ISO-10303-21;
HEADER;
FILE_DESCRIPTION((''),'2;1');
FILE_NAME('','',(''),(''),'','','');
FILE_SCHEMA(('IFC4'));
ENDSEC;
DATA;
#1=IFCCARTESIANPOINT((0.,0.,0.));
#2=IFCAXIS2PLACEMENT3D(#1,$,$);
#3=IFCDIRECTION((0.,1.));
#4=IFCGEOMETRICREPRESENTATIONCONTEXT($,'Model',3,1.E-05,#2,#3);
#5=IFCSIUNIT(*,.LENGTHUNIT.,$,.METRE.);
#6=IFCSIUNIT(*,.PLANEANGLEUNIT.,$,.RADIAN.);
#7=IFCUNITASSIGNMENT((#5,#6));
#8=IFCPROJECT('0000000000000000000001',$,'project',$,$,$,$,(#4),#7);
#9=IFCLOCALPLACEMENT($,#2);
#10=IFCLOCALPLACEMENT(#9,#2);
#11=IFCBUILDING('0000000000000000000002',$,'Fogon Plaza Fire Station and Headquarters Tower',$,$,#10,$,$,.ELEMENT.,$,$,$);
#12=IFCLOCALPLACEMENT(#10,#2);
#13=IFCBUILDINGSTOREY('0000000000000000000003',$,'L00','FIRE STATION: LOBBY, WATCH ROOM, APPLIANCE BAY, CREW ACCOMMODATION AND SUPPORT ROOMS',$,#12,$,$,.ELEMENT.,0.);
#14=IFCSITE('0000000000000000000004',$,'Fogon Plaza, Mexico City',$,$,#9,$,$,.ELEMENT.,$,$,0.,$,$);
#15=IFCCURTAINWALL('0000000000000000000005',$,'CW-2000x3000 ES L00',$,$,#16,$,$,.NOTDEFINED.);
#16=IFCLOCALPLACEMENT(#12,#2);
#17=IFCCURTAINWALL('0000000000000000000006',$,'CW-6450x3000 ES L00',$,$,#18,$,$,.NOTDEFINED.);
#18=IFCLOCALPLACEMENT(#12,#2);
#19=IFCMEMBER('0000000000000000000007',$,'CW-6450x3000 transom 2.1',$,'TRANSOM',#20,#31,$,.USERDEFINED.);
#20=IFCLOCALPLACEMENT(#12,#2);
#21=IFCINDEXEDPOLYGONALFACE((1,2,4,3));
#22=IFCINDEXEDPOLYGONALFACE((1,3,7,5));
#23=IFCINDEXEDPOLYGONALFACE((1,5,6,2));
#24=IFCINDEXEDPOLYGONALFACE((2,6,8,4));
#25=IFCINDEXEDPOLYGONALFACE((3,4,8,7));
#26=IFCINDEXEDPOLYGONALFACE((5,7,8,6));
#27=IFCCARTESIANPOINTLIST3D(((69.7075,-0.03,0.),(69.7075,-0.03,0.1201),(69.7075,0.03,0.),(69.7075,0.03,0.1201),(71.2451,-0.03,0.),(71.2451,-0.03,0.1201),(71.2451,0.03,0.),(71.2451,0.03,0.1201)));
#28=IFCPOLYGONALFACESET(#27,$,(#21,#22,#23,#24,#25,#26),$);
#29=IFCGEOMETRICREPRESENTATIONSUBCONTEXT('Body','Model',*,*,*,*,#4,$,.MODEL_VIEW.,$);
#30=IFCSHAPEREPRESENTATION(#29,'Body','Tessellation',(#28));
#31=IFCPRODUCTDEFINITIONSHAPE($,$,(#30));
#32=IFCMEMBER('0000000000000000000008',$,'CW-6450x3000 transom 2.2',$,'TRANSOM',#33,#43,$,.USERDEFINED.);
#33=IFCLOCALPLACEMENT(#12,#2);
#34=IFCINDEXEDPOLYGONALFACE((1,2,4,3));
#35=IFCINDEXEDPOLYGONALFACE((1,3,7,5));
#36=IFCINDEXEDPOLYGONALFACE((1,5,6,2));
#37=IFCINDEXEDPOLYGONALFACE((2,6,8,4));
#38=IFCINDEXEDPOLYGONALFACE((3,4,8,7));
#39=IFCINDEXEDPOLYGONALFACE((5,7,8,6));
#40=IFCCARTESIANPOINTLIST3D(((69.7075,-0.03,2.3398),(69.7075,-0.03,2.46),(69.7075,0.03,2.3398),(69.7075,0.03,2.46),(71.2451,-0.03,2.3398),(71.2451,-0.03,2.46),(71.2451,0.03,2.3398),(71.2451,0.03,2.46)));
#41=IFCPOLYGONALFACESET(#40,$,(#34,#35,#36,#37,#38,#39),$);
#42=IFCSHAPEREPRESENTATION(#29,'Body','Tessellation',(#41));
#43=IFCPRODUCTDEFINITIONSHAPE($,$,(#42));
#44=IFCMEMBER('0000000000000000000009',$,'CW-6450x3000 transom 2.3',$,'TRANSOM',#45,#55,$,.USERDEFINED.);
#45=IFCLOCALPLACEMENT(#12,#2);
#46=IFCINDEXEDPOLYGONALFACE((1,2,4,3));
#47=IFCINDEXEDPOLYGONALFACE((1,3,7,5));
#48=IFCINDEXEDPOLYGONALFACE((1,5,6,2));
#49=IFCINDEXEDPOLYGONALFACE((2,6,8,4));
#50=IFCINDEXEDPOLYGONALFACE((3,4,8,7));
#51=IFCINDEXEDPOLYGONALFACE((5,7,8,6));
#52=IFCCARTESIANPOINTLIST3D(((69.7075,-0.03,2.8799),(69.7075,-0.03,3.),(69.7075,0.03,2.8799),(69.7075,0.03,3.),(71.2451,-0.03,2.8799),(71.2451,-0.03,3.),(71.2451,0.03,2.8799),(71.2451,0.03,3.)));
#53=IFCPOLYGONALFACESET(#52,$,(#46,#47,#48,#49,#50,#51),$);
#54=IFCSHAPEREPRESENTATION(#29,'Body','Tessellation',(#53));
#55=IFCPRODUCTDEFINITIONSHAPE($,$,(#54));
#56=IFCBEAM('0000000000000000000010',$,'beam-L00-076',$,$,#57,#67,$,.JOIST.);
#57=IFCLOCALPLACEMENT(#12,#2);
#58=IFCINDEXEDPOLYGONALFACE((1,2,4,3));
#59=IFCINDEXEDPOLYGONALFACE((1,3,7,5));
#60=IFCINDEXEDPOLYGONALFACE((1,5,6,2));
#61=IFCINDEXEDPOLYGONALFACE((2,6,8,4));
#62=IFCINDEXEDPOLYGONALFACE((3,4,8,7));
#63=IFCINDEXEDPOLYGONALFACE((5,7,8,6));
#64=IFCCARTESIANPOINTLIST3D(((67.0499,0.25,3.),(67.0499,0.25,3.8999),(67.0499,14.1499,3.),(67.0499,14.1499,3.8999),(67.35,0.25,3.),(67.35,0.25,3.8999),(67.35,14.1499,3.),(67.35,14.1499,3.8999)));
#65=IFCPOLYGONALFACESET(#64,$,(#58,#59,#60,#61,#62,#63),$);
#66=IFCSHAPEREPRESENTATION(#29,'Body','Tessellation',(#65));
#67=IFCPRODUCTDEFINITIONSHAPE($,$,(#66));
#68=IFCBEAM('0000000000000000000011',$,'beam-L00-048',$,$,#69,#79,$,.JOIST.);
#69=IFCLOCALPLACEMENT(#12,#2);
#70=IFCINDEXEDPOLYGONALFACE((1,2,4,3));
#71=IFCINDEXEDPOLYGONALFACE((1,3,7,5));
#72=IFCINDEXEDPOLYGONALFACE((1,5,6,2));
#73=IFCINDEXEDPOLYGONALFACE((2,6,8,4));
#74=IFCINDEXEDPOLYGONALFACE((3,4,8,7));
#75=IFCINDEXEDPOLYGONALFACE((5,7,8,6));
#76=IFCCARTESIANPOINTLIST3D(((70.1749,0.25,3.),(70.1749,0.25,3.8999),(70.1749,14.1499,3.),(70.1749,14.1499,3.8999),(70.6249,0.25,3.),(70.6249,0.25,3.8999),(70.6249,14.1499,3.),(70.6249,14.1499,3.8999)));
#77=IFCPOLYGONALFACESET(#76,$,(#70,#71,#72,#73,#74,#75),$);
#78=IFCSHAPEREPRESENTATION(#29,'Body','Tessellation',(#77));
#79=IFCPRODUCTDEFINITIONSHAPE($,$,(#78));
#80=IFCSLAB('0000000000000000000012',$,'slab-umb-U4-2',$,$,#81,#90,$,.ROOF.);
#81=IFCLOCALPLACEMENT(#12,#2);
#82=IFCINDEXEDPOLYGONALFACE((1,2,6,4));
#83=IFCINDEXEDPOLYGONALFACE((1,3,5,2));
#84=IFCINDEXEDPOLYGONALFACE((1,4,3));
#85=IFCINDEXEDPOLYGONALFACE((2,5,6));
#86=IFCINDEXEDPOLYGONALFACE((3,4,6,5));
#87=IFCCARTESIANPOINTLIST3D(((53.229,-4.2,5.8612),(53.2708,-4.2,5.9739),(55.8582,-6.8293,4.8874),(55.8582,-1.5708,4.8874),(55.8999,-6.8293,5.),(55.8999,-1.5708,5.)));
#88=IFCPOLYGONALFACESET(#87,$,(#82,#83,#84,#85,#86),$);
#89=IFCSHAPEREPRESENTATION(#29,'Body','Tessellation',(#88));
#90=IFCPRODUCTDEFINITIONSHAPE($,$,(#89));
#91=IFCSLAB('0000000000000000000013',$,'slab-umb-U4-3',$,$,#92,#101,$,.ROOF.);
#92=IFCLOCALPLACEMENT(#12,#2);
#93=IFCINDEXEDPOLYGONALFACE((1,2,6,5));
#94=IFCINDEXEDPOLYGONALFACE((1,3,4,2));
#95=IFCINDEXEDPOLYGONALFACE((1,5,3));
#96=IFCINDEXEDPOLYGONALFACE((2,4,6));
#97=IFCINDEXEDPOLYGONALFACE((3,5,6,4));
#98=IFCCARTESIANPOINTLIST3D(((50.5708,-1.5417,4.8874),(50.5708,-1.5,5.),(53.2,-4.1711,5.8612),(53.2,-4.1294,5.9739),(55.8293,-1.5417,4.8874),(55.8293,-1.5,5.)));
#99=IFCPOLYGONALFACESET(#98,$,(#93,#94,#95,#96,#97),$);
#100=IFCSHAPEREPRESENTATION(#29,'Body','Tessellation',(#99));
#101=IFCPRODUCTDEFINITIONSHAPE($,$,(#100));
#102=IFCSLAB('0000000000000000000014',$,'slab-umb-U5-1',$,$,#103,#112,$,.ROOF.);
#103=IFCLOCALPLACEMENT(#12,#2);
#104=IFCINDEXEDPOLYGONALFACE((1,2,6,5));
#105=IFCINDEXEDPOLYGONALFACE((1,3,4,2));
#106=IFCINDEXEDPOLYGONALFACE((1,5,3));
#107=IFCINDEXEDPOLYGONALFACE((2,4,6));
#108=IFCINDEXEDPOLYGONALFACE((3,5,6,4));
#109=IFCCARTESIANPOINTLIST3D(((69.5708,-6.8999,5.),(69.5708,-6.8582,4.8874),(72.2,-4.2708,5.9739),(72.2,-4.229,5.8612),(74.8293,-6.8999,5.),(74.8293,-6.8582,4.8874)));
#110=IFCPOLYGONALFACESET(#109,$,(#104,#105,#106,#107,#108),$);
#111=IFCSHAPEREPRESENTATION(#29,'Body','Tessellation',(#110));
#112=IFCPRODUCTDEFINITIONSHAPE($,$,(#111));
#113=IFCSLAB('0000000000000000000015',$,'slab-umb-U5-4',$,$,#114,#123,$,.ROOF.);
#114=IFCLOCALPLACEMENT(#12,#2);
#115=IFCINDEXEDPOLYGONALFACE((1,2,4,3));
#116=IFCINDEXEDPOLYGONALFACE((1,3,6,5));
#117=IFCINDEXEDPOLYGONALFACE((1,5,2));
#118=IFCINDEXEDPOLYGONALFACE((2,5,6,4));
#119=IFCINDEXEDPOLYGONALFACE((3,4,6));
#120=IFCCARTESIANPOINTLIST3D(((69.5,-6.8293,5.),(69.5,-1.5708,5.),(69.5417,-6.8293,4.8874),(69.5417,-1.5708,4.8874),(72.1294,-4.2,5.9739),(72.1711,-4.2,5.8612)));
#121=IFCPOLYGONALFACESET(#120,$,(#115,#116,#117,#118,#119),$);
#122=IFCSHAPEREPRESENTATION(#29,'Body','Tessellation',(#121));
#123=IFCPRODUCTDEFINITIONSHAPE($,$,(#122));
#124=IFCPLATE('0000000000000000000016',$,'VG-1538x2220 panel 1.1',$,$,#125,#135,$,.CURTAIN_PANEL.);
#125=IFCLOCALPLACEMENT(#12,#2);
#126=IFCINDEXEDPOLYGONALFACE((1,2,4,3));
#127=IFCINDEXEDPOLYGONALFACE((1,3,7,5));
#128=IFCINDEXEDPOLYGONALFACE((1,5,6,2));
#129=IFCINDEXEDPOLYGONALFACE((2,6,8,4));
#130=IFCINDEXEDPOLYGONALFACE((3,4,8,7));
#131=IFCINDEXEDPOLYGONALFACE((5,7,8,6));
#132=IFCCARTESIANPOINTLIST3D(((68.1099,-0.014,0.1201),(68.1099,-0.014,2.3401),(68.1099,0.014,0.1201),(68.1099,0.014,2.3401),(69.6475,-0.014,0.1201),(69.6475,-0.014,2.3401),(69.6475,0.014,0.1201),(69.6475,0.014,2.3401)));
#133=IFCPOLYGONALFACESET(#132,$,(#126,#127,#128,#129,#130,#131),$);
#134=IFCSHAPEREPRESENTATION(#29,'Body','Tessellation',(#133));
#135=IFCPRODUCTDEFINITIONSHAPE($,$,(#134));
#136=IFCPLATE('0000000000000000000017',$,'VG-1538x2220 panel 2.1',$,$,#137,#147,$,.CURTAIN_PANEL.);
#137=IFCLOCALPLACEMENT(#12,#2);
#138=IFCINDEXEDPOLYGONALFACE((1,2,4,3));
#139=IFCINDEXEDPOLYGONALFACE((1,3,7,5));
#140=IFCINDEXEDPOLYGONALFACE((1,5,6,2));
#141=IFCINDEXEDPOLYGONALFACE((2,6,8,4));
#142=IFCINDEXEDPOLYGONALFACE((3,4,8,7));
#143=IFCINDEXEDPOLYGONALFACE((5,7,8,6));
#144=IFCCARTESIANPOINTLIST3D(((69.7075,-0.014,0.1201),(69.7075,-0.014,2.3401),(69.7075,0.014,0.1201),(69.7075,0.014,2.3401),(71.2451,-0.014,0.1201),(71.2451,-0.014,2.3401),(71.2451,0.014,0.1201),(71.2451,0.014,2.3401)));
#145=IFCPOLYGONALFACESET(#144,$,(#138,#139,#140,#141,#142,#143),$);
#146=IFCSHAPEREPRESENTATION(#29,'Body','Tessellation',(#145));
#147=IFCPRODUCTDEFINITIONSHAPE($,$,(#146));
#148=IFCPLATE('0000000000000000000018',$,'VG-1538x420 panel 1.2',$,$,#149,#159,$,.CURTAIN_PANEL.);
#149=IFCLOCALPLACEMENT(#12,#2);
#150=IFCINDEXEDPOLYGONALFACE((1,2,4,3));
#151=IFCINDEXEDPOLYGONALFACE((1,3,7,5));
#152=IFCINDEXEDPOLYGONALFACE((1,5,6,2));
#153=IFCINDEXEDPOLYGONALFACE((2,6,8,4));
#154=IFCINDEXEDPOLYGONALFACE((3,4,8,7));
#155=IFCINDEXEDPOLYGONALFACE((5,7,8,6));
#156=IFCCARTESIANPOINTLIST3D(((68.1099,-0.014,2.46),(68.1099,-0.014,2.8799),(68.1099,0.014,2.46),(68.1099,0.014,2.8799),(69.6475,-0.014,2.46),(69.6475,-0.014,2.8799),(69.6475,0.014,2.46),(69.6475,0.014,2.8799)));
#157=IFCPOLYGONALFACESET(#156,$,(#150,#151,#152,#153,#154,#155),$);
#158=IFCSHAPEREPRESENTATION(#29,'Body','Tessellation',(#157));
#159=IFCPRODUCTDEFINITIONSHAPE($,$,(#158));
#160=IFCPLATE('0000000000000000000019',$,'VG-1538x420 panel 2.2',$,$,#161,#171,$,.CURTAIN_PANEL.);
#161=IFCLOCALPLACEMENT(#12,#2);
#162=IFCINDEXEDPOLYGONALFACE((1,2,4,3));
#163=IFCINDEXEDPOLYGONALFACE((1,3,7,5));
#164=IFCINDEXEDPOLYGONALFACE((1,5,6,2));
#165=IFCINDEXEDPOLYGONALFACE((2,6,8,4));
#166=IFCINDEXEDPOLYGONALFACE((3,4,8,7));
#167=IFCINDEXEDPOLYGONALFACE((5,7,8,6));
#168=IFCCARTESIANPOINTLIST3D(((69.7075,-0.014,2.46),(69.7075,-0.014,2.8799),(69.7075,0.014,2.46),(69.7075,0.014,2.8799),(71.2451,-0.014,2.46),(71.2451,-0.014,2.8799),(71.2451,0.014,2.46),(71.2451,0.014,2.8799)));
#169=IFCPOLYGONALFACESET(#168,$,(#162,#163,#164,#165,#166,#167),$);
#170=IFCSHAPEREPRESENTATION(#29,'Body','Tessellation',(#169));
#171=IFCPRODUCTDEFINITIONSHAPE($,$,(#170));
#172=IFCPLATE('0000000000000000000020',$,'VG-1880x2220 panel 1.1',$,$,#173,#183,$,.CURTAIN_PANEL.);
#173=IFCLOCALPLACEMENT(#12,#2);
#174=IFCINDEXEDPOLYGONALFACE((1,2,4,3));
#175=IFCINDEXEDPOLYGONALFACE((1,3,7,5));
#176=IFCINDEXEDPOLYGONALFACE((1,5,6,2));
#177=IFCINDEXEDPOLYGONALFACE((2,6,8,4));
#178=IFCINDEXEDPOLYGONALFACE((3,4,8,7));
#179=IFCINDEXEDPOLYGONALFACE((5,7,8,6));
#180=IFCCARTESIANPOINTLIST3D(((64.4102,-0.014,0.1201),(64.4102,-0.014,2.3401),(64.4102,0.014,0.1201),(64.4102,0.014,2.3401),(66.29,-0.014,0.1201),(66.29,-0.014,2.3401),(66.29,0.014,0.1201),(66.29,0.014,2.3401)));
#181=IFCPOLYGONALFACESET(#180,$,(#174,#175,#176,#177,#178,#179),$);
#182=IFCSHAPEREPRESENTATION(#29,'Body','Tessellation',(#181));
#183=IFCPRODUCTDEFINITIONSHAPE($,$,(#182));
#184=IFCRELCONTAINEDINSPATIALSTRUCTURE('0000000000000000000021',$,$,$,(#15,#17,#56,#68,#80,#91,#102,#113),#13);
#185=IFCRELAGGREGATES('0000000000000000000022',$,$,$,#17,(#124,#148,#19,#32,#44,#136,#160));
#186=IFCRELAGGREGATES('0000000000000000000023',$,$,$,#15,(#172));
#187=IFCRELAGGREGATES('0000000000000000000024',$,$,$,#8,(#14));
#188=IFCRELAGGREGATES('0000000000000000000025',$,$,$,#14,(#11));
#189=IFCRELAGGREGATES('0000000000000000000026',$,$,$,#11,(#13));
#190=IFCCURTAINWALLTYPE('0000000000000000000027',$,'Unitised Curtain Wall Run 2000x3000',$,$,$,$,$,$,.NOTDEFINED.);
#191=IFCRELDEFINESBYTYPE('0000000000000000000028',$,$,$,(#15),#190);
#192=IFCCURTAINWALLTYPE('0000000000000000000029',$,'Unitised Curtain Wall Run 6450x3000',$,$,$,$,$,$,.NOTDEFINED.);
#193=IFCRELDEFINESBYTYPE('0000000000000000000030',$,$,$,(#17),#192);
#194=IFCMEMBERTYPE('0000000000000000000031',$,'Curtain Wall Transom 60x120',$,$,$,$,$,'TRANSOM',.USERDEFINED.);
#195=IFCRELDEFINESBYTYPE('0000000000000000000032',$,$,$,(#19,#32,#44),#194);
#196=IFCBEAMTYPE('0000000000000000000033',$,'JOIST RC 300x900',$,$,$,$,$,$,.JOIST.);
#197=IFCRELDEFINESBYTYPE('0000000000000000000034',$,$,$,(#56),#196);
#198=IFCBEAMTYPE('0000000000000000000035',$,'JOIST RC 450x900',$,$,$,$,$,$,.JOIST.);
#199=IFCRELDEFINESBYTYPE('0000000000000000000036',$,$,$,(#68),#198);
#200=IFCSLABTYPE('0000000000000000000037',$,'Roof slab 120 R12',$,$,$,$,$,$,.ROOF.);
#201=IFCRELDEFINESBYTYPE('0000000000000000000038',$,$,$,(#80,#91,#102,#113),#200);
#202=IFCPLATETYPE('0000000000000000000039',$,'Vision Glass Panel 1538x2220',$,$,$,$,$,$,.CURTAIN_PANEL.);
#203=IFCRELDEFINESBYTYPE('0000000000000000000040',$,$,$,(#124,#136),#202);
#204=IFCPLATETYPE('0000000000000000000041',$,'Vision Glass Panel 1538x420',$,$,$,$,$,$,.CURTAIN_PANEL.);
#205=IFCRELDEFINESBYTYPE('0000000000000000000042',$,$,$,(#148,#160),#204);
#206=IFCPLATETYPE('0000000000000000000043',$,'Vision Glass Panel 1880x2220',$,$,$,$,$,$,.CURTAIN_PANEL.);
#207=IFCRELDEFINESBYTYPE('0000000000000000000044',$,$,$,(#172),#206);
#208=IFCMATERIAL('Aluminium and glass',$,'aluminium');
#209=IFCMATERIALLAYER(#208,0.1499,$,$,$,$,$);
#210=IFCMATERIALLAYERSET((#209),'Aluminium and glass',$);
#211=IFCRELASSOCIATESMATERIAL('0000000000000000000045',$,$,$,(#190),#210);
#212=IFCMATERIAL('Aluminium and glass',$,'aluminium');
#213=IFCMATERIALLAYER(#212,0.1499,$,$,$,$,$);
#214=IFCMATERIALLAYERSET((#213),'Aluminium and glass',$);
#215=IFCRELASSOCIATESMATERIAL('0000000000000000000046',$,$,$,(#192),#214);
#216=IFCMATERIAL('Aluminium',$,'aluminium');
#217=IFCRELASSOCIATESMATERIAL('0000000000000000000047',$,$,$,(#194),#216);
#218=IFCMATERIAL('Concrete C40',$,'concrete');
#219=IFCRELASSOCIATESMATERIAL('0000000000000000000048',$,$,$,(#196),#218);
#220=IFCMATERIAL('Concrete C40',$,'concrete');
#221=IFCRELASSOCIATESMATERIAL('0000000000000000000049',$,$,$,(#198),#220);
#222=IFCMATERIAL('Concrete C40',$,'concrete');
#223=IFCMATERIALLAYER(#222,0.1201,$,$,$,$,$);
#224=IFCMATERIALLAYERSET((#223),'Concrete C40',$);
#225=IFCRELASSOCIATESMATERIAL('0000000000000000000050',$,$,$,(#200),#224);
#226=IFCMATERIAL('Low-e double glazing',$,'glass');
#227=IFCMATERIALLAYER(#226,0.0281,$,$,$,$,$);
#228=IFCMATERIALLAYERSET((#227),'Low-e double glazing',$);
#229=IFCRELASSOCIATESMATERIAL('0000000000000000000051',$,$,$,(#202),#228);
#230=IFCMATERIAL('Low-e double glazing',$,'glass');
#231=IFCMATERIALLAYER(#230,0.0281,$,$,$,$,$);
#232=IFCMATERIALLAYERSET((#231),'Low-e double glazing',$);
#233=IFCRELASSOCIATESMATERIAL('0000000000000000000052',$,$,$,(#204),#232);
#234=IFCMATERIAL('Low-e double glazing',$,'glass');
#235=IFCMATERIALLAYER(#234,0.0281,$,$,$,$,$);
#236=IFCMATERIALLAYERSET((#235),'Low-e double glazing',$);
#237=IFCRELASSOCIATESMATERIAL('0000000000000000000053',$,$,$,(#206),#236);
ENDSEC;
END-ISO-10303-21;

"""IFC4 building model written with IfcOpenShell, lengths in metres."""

from ifc_helpers import new_model, si_unit, direction, frame, origin, origin_2d, place, context, subcontext, project, spatial, polyline, rectangle, outline, extrude, material, layer, layer_set, material_profile, profile_set, type_object, element, aggregate, save


model = new_model("IFC4")

# Units and contexts
model_context = context("Model", 3, precision=1e-05, world=origin(), true_north=direction((0.0, 1.0)))
body_context = subcontext(model_context, "Body", "Model", "MODEL_VIEW")
ifc_project = project(units=[si_unit("LENGTHUNIT", "METRE"), si_unit("PLANEANGLEUNIT", "RADIAN")], contexts=[model_context])

# Site, building, storey
site_placement = place(None, origin())
site = spatial("IfcSite", under=ifc_project, at=site_placement, Name="Fogon Plaza, Mexico City", CompositionType="ELEMENT", RefElevation=0.0)
building_placement = place(site_placement, origin())
building = spatial("IfcBuilding", under=site, at=building_placement, Name="Fogon Plaza Fire Station and Headquarters Tower", CompositionType="ELEMENT")
storey_placement = place(building_placement, origin())
storey = spatial("IfcBuildingStorey", under=building, at=storey_placement, Name="L00", Description="FIRE STATION: LOBBY, WATCH ROOM, APPLIANCE BAY, CREW ACCOMMODATION AND SUPPORT ROOMS", CompositionType="ELEMENT", Elevation=0.0)

# Curtain walls
ifc_material_1 = material(Name="Aluminium and glass", Category="aluminium")
ifc_layer_1 = layer(ifc_material_1, 0.1499)
ifc_layer_set_1 = layer_set([ifc_layer_1], Name="Aluminium and glass")
curtain_wall_type_1 = type_object("IfcCurtainWallType", Name="Unitised Curtain Wall Run 2000x3000", PredefinedType="NOTDEFINED", material=ifc_layer_set_1)
curtain_wall_1_placement = place(storey_placement, origin())
curtain_wall_1 = element("IfcCurtainWall", 1, at=curtain_wall_1_placement, inside=storey, type_object=curtain_wall_type_1, Name="CW-2000x3000 ES L00", PredefinedType="NOTDEFINED")
ifc_material_2 = material(Name="Aluminium and glass", Category="aluminium")
ifc_layer_2 = layer(ifc_material_2, 0.1499)
ifc_layer_set_2 = layer_set([ifc_layer_2], Name="Aluminium and glass")
curtain_wall_type_2 = type_object("IfcCurtainWallType", Name="Unitised Curtain Wall Run 6450x3000", PredefinedType="NOTDEFINED", material=ifc_layer_set_2)
curtain_wall_2_placement = place(storey_placement, origin())
curtain_wall_2 = element("IfcCurtainWall", 2, at=curtain_wall_2_placement, inside=storey, type_object=curtain_wall_type_2, Name="CW-6450x3000 ES L00", PredefinedType="NOTDEFINED")

# Members
ifc_material_3 = material(Name="Aluminium", Category="aluminium")
ifc_material_profile_1 = material_profile(ifc_material_3, rectangle(XDim=0.0601, YDim=0.1201, at=origin_2d()), Name="Curtain Wall Transom 60x120")
ifc_profile_set_1 = profile_set([ifc_material_profile_1], Name="Aluminium")
member_type_1 = type_object("IfcMemberType", Name="Curtain Wall Transom 60x120", ElementType="TRANSOM", PredefinedType="USERDEFINED", material=ifc_profile_set_1)
member_1_placement = place(storey_placement, frame((69.7075, 0.0, 0.0601), z_axis=(1.0, 0.0, 0.0), x_axis=(0.0, 1.0, 0.0)))
member_1 = element("IfcMember", 3, at=member_1_placement, type_object=member_type_1, Name="CW-6450x3000 transom 2.1", ObjectType="TRANSOM", PredefinedType="USERDEFINED", context=body_context, shape_type="SweptSolid", body=[
    extrude(rectangle(XDim=0.0601, YDim=0.1201, at=origin_2d()), origin(), (0.0, 0.0, 1.0), 1.5376),
])
member_2_placement = place(storey_placement, frame((69.7075, 0.0, 2.3999), z_axis=(1.0, 0.0, 0.0), x_axis=(0.0, 1.0, 0.0)))
member_2 = element("IfcMember", 4, at=member_2_placement, type_object=member_type_1, Name="CW-6450x3000 transom 2.2", ObjectType="TRANSOM", PredefinedType="USERDEFINED", context=body_context, shape_type="SweptSolid", body=[
    extrude(rectangle(XDim=0.0601, YDim=0.1201, at=origin_2d()), origin(), (0.0, 0.0, 1.0), 1.5376),
])
member_3_placement = place(storey_placement, frame((69.7075, 0.0, 2.9399), z_axis=(1.0, 0.0, 0.0), x_axis=(0.0, 1.0, 0.0)))
member_3 = element("IfcMember", 5, at=member_3_placement, type_object=member_type_1, Name="CW-6450x3000 transom 2.3", ObjectType="TRANSOM", PredefinedType="USERDEFINED", context=body_context, shape_type="SweptSolid", body=[
    extrude(rectangle(XDim=0.0601, YDim=0.1201, at=origin_2d()), origin(), (0.0, 0.0, 1.0), 1.5376),
])

# Beams
ifc_material_4 = material(Name="Concrete C40", Category="concrete")
ifc_material_profile_2 = material_profile(ifc_material_4, rectangle(XDim=0.3, YDim=0.8999, at=origin_2d()), Name="RC 300x900")
ifc_profile_set_2 = profile_set([ifc_material_profile_2], Name="Concrete C40")
beam_type_1 = type_object("IfcBeamType", Name="JOIST RC 300x900", PredefinedType="JOIST", material=ifc_profile_set_2)
beam_1_placement = place(storey_placement, frame((67.2, 0.25, 3.45), z_axis=(0.0, 1.0, 0.0), x_axis=(-1.0, 0.0, 0.0)))
element("IfcBeam", 6, at=beam_1_placement, inside=storey, type_object=beam_type_1, Name="beam-L00-076", PredefinedType="JOIST", context=body_context, shape_type="SweptSolid", body=[
    extrude(rectangle(XDim=0.3, YDim=0.8999, at=origin_2d()), origin(), (0.0, 0.0, 1.0), 13.8999),
])
ifc_material_5 = material(Name="Concrete C40", Category="concrete")
ifc_material_profile_3 = material_profile(ifc_material_5, rectangle(XDim=0.45, YDim=0.8999, at=origin_2d()), Name="RC 450x900")
ifc_profile_set_3 = profile_set([ifc_material_profile_3], Name="Concrete C40")
beam_type_2 = type_object("IfcBeamType", Name="JOIST RC 450x900", PredefinedType="JOIST", material=ifc_profile_set_3)
beam_2_placement = place(storey_placement, frame((70.3999, 0.25, 3.45), z_axis=(0.0, 1.0, 0.0), x_axis=(-1.0, 0.0, 0.0)))
element("IfcBeam", 7, at=beam_2_placement, inside=storey, type_object=beam_type_2, Name="beam-L00-048", PredefinedType="JOIST", context=body_context, shape_type="SweptSolid", body=[
    extrude(rectangle(XDim=0.45, YDim=0.8999, at=origin_2d()), origin(), (0.0, 0.0, 1.0), 13.8999),
])

# Slabs
ifc_material_6 = material(Name="Concrete C40", Category="concrete")
ifc_layer_3 = layer(ifc_material_6, 0.1201)
ifc_layer_set_3 = layer_set([ifc_layer_3], Name="Concrete C40")
slab_type = type_object("IfcSlabType", Name="Roof slab 120 R12", PredefinedType="ROOF", material=ifc_layer_set_3)
slab_1_placement = place(storey_placement, frame((55.8999, -6.8293, 5.0), z_axis=(0.347351, 0.0, 0.937735), x_axis=(-0.684003, 0.684066, 0.253365)))
element("IfcSlab", 8, at=slab_1_placement, inside=storey, type_object=slab_type, Name="slab-umb-U4-2", PredefinedType="ROOF", context=body_context, shape_type="SweptSolid", body=[
    extrude(outline(polyline([(0.0, 0.0), (3.8438, 0.0), (3.5972, -3.8357), (0.0, 0.0)])), origin(), (0.0, 0.0, -1.0), 0.1201),
])
slab_2_placement = place(storey_placement, frame((55.8293, -1.5, 5.0), z_axis=(0.0, 0.347323, 0.937746), x_axis=(-0.684036, -0.684036, 0.253354)))
element("IfcSlab", 9, at=slab_2_placement, inside=storey, type_object=slab_type, Name="slab-umb-U4-3", PredefinedType="ROOF", context=body_context, shape_type="SweptSolid", body=[
    extrude(outline(polyline([(0.0, 0.0), (3.8439, 0.0), (3.597, -3.8358), (0.0, 0.0)])), origin(), (0.0, 0.0, -1.0), 0.1201),
])
slab_3_placement = place(storey_placement, frame((69.5708, -6.8999, 5.0), z_axis=(0.0, -0.347351, 0.937735), x_axis=(0.684032, 0.684032, 0.253376)))
element("IfcSlab", 10, at=slab_3_placement, inside=storey, type_object=slab_type, Name="slab-umb-U5-1", PredefinedType="ROOF", context=body_context, shape_type="SweptSolid", body=[
    extrude(outline(polyline([(0.0, 0.0), (3.8436, 0.0), (3.597, -3.8359), (0.0, 0.0)])), origin(), (0.0, 0.0, -1.0), 0.1201),
])
slab_4_placement = place(storey_placement, frame((69.5, -1.5708, 5.0), z_axis=(-0.347323, 0.0, 0.937746), x_axis=(0.684066, -0.684003, 0.253365)))
element("IfcSlab", 11, at=slab_4_placement, inside=storey, type_object=slab_type, Name="slab-umb-U5-4", PredefinedType="ROOF", context=body_context, shape_type="SweptSolid", body=[
    extrude(outline(polyline([(0.0, 0.0), (3.8438, 0.0), (3.5969, -3.836), (0.0, 0.0)])), origin(), (0.0, 0.0, -1.0), 0.1201),
])

# Plates
ifc_material_7 = material(Name="Low-e double glazing", Category="glass")
ifc_layer_4 = layer(ifc_material_7, 0.0281)
ifc_layer_set_4 = layer_set([ifc_layer_4], Name="Low-e double glazing")
plate_type_1 = type_object("IfcPlateType", Name="Vision Glass Panel 1538x2220", PredefinedType="CURTAIN_PANEL", material=ifc_layer_set_4)
plate_1_placement = place(storey_placement, frame((68.8787, 0.0, 0.1201), z_axis=(0.0, 0.0, 1.0), x_axis=(1.0, 0.0, 0.0)))
plate_1 = element("IfcPlate", 12, at=plate_1_placement, type_object=plate_type_1, Name="VG-1538x2220 panel 1.1", PredefinedType="CURTAIN_PANEL", context=body_context, shape_type="SweptSolid", body=[
    extrude(rectangle(XDim=1.5376, YDim=0.0281, at=origin_2d()), origin(), (0.0, 0.0, 1.0), 2.22),
])
plate_2_placement = place(storey_placement, frame((70.4763, 0.0, 0.1201), z_axis=(0.0, 0.0, 1.0), x_axis=(1.0, 0.0, 0.0)))
plate_2 = element("IfcPlate", 13, at=plate_2_placement, type_object=plate_type_1, Name="VG-1538x2220 panel 2.1", PredefinedType="CURTAIN_PANEL", context=body_context, shape_type="SweptSolid", body=[
    extrude(rectangle(XDim=1.5376, YDim=0.0281, at=origin_2d()), origin(), (0.0, 0.0, 1.0), 2.22),
])
ifc_material_8 = material(Name="Low-e double glazing", Category="glass")
ifc_layer_5 = layer(ifc_material_8, 0.0281)
ifc_layer_set_5 = layer_set([ifc_layer_5], Name="Low-e double glazing")
plate_type_2 = type_object("IfcPlateType", Name="Vision Glass Panel 1538x420", PredefinedType="CURTAIN_PANEL", material=ifc_layer_set_5)
plate_3_placement = place(storey_placement, frame((68.8787, 0.0, 2.46), z_axis=(0.0, 0.0, 1.0), x_axis=(1.0, 0.0, 0.0)))
plate_3 = element("IfcPlate", 14, at=plate_3_placement, type_object=plate_type_2, Name="VG-1538x420 panel 1.2", PredefinedType="CURTAIN_PANEL", context=body_context, shape_type="SweptSolid", body=[
    extrude(rectangle(XDim=1.5376, YDim=0.0281, at=origin_2d()), origin(), (0.0, 0.0, 1.0), 0.4199),
])
plate_4_placement = place(storey_placement, frame((70.4763, 0.0, 2.46), z_axis=(0.0, 0.0, 1.0), x_axis=(1.0, 0.0, 0.0)))
plate_4 = element("IfcPlate", 15, at=plate_4_placement, type_object=plate_type_2, Name="VG-1538x420 panel 2.2", PredefinedType="CURTAIN_PANEL", context=body_context, shape_type="SweptSolid", body=[
    extrude(rectangle(XDim=1.5376, YDim=0.0281, at=origin_2d()), origin(), (0.0, 0.0, 1.0), 0.4199),
])
aggregate(curtain_wall_2, [plate_1, plate_3, member_1, member_2, member_3, plate_2, plate_4])
ifc_material_9 = material(Name="Low-e double glazing", Category="glass")
ifc_layer_6 = layer(ifc_material_9, 0.0281)
ifc_layer_set_6 = layer_set([ifc_layer_6], Name="Low-e double glazing")
plate_type_3 = type_object("IfcPlateType", Name="Vision Glass Panel 1880x2220", PredefinedType="CURTAIN_PANEL", material=ifc_layer_set_6)
plate_5_placement = place(storey_placement, frame((65.3501, 0.0, 0.1201), z_axis=(0.0, 0.0, 1.0), x_axis=(1.0, 0.0, 0.0)))
plate_5 = element("IfcPlate", 16, at=plate_5_placement, type_object=plate_type_3, Name="VG-1880x2220 panel 1.1", PredefinedType="CURTAIN_PANEL", context=body_context, shape_type="SweptSolid", body=[
    extrude(rectangle(XDim=1.8799, YDim=0.0281, at=origin_2d()), origin(), (0.0, 0.0, 1.0), 2.22),
])
aggregate(curtain_wall_1, [plate_5])

save(model, "model.ifc")
